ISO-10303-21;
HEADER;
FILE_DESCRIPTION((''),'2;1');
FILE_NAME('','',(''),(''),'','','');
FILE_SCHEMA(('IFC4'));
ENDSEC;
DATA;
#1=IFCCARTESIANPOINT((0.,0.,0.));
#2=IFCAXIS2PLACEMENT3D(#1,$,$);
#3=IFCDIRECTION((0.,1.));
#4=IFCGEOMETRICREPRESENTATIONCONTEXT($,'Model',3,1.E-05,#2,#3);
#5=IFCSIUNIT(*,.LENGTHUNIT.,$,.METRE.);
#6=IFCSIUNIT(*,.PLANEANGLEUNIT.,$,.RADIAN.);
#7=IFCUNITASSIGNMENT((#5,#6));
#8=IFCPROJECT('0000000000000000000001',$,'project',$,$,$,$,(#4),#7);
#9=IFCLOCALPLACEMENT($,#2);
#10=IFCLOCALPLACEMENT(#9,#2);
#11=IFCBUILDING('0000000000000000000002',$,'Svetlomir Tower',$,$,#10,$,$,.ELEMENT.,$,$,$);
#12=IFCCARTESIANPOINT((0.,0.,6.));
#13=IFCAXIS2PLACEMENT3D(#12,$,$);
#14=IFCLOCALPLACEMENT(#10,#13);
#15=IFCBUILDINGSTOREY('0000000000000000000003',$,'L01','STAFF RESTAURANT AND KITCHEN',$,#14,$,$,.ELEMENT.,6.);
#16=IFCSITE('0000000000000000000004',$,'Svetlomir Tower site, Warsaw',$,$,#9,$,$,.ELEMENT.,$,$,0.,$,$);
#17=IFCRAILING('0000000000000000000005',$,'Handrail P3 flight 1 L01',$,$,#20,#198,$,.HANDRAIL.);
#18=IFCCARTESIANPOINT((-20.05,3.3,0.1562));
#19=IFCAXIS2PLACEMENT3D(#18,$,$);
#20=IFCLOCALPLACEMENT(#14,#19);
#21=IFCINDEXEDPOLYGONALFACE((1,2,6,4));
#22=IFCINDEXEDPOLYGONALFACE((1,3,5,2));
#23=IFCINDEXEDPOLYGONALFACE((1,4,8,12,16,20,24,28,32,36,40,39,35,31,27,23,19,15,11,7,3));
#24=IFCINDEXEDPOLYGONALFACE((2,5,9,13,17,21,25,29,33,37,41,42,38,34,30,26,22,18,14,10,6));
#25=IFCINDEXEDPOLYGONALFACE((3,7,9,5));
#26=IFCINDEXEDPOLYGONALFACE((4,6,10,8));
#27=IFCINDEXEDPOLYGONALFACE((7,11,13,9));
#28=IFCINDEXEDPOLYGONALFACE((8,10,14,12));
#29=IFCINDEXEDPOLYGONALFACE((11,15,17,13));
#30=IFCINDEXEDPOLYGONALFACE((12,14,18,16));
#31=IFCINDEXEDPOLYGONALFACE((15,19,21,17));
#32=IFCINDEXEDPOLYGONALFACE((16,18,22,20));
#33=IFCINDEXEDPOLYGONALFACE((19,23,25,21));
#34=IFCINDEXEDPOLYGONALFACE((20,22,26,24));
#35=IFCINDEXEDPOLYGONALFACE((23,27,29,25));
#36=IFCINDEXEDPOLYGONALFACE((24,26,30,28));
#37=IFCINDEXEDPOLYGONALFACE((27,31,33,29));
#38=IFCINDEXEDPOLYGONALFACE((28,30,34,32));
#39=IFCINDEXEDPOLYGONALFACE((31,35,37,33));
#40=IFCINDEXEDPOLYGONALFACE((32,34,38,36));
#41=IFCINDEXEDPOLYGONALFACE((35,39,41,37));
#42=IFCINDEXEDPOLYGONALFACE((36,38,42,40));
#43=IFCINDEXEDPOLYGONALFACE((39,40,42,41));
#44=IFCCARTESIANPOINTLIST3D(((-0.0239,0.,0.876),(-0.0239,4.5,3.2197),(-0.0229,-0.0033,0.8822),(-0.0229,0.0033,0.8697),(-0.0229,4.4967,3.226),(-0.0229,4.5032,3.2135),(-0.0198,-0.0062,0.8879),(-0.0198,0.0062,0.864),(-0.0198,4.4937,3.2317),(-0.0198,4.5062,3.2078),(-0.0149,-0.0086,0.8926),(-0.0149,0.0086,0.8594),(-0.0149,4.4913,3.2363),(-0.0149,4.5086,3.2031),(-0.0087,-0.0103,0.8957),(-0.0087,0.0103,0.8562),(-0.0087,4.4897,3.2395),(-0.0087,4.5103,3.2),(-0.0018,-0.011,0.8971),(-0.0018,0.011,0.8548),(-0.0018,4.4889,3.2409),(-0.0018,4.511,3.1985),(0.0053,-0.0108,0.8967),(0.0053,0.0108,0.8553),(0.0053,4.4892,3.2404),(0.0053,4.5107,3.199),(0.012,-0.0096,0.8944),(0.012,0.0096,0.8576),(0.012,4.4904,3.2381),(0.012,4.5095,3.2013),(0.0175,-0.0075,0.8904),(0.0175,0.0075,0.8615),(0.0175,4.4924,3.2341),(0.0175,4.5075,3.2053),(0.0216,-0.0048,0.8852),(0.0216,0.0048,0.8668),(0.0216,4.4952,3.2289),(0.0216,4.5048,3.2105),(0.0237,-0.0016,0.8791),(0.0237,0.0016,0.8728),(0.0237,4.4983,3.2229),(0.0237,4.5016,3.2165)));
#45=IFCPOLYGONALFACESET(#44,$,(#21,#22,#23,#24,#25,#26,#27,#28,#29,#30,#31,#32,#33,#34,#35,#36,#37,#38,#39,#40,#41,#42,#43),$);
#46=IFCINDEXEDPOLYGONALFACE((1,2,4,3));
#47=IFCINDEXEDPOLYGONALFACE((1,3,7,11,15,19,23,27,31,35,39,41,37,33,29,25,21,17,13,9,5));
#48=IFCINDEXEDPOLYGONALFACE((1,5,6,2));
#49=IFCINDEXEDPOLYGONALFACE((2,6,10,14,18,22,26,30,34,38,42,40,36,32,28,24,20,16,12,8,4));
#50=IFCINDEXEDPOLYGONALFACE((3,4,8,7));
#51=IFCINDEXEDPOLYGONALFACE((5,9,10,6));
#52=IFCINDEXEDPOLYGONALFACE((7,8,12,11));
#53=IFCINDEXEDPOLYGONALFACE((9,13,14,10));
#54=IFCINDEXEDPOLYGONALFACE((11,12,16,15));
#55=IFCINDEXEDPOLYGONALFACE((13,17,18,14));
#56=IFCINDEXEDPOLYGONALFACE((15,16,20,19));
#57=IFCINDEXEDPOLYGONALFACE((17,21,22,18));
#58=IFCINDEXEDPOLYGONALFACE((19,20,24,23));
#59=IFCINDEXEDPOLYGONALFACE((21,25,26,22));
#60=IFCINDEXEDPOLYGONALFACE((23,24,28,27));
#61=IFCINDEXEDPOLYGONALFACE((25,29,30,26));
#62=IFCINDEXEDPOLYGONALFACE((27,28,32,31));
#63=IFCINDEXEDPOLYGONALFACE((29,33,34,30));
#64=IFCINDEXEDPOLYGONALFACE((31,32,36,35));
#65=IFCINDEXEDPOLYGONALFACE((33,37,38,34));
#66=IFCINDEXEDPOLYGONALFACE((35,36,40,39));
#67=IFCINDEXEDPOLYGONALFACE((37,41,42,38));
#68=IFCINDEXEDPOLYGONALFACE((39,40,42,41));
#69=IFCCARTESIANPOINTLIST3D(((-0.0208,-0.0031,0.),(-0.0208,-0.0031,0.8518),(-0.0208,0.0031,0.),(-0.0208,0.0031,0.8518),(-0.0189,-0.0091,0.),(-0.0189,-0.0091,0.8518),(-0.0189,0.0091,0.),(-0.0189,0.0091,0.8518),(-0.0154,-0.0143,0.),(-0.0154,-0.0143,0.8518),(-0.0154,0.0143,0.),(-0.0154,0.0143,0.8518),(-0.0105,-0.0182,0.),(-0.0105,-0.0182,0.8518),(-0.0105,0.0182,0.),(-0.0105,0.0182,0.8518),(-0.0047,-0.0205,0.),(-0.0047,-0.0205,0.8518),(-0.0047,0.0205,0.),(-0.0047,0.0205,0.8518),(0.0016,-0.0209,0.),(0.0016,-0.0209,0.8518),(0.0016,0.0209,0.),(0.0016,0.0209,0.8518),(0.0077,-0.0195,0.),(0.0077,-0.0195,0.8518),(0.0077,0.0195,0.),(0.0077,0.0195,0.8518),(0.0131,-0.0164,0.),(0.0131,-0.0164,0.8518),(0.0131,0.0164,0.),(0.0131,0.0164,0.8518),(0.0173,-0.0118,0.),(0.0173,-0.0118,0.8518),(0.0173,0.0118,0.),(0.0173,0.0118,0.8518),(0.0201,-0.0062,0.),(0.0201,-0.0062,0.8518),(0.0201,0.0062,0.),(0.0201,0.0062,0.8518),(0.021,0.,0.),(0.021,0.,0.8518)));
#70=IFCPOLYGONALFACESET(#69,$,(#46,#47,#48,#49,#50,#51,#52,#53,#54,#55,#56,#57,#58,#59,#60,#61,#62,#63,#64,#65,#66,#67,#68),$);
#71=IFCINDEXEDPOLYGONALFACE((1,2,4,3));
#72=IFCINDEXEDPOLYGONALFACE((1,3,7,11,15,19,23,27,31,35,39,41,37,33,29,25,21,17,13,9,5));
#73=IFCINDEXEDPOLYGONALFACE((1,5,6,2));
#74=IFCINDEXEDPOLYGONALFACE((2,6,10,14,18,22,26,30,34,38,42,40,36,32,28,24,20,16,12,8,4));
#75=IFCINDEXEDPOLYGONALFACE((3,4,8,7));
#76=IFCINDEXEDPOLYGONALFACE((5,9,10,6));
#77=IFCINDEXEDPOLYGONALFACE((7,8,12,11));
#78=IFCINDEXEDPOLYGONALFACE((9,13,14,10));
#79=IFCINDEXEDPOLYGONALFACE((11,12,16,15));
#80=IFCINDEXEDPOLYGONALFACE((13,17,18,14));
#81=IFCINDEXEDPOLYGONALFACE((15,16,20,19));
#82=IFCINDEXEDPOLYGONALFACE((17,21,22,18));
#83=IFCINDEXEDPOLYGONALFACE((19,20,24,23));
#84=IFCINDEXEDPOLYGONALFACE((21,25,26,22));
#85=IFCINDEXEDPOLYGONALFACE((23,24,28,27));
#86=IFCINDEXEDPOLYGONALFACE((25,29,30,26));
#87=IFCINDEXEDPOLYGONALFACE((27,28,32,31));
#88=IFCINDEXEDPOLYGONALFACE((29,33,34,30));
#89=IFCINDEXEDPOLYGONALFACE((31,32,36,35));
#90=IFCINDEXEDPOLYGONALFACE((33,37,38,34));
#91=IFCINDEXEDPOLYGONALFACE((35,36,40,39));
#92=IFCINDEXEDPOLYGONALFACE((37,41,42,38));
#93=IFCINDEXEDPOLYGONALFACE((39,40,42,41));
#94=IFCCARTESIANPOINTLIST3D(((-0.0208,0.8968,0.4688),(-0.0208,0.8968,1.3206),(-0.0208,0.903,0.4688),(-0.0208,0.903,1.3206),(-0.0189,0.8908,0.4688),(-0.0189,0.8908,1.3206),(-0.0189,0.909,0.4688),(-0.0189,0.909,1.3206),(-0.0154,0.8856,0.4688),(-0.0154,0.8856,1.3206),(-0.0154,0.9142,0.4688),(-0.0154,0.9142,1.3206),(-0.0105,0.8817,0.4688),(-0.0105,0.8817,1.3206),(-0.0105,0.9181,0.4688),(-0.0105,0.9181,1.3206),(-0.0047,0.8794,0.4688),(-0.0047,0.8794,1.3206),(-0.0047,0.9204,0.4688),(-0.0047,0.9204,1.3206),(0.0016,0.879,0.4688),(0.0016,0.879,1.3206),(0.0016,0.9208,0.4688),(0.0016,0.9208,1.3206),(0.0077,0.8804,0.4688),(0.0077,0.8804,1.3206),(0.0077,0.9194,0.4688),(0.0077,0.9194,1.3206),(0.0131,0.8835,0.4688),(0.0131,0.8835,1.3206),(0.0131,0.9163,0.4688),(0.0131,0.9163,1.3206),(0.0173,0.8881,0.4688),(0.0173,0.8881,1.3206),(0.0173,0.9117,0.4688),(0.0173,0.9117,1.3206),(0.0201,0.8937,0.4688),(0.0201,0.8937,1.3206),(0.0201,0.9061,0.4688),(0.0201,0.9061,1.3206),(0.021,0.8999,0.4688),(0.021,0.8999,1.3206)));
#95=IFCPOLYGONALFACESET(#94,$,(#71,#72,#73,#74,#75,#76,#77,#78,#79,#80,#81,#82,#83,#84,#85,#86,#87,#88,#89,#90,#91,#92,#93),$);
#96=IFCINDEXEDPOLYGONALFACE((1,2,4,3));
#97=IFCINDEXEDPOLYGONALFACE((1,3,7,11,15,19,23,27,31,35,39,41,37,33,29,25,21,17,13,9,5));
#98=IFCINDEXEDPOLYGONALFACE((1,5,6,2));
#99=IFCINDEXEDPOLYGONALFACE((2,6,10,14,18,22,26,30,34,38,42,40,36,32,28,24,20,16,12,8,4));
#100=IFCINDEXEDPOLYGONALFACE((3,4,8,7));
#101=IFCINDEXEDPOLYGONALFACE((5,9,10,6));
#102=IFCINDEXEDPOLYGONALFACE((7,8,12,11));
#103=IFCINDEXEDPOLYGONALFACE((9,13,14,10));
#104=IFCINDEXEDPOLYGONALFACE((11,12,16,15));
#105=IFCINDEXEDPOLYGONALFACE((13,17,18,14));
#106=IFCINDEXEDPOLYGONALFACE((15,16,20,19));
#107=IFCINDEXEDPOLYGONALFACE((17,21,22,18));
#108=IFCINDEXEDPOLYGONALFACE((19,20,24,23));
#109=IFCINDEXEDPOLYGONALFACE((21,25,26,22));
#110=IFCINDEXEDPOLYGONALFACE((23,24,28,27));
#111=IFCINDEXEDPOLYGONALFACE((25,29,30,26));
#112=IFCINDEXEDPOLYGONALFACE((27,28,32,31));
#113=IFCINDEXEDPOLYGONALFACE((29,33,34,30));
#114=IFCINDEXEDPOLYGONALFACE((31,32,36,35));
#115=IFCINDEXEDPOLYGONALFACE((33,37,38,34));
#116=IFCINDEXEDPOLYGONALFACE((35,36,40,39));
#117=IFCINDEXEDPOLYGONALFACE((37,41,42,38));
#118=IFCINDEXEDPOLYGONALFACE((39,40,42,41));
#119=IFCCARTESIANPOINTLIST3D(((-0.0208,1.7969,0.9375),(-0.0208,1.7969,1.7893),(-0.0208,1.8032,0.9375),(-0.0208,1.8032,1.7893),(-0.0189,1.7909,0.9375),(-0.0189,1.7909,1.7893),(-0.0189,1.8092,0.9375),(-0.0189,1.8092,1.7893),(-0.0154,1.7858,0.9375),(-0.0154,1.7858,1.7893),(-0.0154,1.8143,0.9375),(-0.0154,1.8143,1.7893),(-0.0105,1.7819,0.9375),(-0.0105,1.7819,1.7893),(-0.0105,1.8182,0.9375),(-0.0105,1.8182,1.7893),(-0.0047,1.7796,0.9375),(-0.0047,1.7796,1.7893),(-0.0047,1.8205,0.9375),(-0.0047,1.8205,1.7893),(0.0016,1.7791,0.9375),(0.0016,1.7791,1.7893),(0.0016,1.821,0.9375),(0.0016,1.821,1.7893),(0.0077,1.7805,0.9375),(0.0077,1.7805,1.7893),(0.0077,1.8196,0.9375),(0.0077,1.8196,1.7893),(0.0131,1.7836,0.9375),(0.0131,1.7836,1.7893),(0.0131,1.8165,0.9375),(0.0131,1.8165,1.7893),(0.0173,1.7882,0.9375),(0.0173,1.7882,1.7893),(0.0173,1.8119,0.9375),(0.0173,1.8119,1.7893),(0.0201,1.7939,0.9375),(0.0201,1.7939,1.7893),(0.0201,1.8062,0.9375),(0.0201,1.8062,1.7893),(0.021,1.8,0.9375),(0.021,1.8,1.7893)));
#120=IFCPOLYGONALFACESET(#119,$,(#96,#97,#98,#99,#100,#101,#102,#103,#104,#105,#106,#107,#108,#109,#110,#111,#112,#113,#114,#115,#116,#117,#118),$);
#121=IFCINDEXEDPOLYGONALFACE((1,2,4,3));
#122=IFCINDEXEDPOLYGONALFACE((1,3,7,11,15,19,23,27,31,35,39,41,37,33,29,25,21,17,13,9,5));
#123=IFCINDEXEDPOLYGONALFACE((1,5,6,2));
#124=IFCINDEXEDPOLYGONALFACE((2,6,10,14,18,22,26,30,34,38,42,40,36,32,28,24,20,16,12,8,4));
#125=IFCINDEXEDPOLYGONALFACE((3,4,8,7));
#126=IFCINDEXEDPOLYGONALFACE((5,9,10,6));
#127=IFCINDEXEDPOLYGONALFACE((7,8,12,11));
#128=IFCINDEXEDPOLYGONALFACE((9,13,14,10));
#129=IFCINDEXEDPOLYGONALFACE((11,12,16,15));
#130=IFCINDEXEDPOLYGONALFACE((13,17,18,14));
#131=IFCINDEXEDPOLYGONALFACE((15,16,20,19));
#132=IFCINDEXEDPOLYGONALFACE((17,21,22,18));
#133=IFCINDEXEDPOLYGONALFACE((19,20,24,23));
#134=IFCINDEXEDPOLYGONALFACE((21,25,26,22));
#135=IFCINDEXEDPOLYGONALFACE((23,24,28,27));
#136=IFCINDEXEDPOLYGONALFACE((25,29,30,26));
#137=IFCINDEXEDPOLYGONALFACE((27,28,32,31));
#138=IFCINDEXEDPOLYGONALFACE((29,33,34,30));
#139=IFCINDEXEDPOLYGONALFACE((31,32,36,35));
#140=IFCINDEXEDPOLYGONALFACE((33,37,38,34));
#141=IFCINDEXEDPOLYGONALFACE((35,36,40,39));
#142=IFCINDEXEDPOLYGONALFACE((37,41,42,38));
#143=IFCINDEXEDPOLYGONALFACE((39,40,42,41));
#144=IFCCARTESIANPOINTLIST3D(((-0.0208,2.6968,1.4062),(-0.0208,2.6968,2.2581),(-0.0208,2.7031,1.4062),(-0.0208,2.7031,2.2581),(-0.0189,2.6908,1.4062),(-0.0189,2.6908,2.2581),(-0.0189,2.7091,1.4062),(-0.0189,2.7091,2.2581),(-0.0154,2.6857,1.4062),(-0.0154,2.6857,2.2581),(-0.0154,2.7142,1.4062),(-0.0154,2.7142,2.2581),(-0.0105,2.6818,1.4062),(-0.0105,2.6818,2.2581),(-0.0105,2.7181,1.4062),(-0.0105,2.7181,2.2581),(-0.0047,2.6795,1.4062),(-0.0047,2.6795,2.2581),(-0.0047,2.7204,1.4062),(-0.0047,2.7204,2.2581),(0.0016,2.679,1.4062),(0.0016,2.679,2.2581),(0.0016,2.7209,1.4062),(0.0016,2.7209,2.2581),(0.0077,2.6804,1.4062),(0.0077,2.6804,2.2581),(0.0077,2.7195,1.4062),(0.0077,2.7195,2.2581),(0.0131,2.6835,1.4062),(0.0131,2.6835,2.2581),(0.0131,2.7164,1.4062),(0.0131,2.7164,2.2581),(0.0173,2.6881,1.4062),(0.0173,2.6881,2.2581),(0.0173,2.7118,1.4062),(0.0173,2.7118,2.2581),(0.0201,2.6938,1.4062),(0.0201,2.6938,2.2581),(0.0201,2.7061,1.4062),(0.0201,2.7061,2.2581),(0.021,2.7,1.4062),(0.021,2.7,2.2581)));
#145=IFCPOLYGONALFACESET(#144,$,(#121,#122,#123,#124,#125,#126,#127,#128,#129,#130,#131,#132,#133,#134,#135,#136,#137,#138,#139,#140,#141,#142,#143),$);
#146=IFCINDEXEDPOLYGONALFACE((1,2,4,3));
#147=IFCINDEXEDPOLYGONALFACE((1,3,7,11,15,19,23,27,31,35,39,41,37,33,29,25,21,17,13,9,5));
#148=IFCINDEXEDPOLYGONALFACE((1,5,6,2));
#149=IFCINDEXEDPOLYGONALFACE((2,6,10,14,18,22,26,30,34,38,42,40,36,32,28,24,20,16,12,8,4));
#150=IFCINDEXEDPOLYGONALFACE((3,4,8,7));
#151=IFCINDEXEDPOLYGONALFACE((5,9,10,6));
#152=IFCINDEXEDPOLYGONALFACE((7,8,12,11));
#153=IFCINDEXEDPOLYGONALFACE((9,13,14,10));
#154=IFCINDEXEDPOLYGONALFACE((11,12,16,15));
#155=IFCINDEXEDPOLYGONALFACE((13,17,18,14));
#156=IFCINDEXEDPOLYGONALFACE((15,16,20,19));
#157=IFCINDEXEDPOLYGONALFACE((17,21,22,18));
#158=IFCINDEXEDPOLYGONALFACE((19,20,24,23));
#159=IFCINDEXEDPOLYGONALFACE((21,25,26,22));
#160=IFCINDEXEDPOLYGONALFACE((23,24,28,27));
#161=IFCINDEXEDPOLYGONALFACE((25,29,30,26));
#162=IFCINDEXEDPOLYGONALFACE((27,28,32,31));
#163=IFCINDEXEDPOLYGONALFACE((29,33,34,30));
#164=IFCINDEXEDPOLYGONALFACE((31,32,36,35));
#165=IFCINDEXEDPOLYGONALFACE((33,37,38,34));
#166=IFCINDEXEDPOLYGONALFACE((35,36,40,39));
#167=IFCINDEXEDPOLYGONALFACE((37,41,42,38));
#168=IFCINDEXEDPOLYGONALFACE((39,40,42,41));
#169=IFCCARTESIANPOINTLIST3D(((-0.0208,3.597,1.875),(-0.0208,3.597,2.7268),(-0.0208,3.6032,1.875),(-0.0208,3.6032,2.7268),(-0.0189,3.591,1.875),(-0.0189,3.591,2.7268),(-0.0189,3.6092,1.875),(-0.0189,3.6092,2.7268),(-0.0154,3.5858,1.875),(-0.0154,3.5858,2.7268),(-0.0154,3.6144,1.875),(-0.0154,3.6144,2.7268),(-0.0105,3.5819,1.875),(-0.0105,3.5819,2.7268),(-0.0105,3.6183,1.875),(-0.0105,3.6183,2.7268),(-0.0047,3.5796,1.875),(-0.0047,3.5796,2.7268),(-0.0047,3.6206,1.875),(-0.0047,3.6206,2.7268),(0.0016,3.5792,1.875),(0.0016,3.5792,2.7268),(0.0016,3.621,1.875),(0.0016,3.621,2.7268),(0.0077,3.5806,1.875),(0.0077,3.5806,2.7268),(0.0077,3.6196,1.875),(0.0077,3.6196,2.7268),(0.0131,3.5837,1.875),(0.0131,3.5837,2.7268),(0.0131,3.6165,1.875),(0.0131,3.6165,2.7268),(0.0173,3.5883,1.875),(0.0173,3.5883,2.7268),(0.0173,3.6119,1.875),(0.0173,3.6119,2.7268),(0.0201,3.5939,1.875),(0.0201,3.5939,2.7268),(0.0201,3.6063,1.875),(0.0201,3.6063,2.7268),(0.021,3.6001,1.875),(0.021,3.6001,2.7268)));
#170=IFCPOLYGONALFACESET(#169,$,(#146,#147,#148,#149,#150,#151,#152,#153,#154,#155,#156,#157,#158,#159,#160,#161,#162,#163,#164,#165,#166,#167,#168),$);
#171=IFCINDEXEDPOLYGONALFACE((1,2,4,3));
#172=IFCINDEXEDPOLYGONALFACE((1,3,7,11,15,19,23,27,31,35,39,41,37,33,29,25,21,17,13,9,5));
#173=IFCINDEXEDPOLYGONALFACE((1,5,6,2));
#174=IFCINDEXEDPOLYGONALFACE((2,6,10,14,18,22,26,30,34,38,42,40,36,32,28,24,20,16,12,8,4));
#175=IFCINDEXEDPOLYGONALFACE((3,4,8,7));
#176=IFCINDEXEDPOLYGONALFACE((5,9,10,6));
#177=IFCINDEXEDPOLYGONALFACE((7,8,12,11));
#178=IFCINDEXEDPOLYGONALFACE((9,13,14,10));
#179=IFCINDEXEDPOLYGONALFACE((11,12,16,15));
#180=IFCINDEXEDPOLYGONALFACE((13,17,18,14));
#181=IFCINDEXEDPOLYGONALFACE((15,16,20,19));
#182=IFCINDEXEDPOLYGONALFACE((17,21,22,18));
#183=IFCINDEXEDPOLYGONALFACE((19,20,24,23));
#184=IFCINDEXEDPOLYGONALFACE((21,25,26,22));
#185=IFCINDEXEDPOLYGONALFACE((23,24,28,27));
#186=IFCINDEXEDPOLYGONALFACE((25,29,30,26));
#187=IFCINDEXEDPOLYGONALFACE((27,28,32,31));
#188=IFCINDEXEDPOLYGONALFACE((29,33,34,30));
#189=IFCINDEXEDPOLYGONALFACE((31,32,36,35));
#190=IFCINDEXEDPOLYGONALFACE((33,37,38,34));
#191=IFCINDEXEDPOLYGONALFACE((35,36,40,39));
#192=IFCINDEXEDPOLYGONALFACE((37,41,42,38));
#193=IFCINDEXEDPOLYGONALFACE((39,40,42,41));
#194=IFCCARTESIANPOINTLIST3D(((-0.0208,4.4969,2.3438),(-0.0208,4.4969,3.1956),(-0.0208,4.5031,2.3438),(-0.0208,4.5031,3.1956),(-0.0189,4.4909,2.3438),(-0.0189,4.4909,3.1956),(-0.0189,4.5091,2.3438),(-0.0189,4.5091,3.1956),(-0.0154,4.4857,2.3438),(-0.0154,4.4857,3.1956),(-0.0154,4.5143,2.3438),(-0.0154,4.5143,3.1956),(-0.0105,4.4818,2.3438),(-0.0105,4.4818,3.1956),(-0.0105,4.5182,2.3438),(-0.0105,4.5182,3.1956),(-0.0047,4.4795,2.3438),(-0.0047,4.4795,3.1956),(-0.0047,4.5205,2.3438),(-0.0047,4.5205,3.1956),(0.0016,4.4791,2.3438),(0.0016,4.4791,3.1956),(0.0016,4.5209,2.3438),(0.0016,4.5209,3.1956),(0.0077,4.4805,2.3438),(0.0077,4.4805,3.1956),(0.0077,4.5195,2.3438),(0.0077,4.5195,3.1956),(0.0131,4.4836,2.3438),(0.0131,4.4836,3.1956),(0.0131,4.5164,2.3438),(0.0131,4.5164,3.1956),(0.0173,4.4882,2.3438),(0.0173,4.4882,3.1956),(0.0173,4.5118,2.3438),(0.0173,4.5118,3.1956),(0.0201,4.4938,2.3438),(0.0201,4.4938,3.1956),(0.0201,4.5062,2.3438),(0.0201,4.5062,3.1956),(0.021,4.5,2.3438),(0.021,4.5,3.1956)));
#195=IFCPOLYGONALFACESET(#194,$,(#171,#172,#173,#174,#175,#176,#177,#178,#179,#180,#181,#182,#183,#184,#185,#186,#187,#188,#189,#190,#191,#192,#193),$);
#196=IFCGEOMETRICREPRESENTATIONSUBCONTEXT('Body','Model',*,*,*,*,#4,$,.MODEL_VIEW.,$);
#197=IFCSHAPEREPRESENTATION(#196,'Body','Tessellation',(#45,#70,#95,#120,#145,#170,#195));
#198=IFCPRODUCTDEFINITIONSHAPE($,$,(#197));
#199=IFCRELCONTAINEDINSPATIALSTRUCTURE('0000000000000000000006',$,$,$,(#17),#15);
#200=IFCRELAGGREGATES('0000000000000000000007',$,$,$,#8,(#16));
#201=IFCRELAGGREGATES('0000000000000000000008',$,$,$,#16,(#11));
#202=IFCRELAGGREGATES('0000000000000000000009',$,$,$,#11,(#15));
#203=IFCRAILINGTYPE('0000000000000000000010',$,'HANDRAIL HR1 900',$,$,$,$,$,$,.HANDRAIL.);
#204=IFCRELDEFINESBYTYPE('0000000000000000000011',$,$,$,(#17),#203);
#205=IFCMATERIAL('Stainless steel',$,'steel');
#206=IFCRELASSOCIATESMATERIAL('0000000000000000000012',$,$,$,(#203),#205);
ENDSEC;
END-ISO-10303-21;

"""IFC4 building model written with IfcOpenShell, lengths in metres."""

from ifc_helpers import new_model, si_unit, direction, frame, origin, origin_2d, place, context, subcontext, project, spatial, circle, extrude, material, type_object, element, save


model = new_model("IFC4")

# Units and contexts
model_context = context("Model", 3, precision=1e-05, world=origin(), true_north=direction((0.0, 1.0)))
body_context = subcontext(model_context, "Body", "Model", "MODEL_VIEW")
ifc_project = project(units=[si_unit("LENGTHUNIT", "METRE"), si_unit("PLANEANGLEUNIT", "RADIAN")], contexts=[model_context])

# Site, building, storey
site_placement = place(None, origin())
site = spatial("IfcSite", under=ifc_project, at=site_placement, Name="Svetlomir Tower site, Warsaw", CompositionType="ELEMENT", RefElevation=0.0)
building_placement = place(site_placement, origin())
building = spatial("IfcBuilding", under=site, at=building_placement, Name="Svetlomir Tower", CompositionType="ELEMENT")
storey_placement = place(building_placement, frame((0.0, 0.0, 6.0)))
storey = spatial("IfcBuildingStorey", under=building, at=storey_placement, Name="L01", Description="STAFF RESTAURANT AND KITCHEN", CompositionType="ELEMENT", Elevation=6.0)

# Railing
ifc_material_1 = material(Name="Stainless steel", Category="steel")
railing_type = type_object("IfcRailingType", Name="HANDRAIL HR1 900", PredefinedType="HANDRAIL", material=ifc_material_1)
railing_placement = place(storey_placement, frame((-20.05, 3.3, 0.1562)))
element("IfcRailing", 1, at=railing_placement, inside=storey, type_object=railing_type, Name="Handrail P3 flight 1 L01", PredefinedType="HANDRAIL", context=body_context, shape_type="SweptSolid", body=[
    extrude(circle(Radius=0.0239, at=origin_2d()), frame((0.0, 0.0, 0.876), z_axis=(0.0, 0.886914, 0.461934), x_axis=(-1.0, 0.0, 0.0)), (0.0, 0.0, 1.0), 5.0737),
    extrude(circle(Radius=0.021, at=origin_2d()), origin(), (0.0, 0.0, 1.0), 0.8518),
    extrude(circle(Radius=0.021, at=origin_2d()), frame((0.0, 0.8999, 0.4688)), (0.0, 0.0, 1.0), 0.8518),
    extrude(circle(Radius=0.021, at=origin_2d()), frame((0.0, 1.8, 0.9375)), (0.0, 0.0, 1.0), 0.8518),
    extrude(circle(Radius=0.021, at=origin_2d()), frame((0.0, 2.7, 1.4062)), (0.0, 0.0, 1.0), 0.8518),
    extrude(circle(Radius=0.021, at=origin_2d()), frame((0.0, 3.6001, 1.875)), (0.0, 0.0, 1.0), 0.8518),
    extrude(circle(Radius=0.021, at=origin_2d()), frame((0.0, 4.5, 2.3438)), (0.0, 0.0, 1.0), 0.8518),
])

save(model, "model.ifc")
